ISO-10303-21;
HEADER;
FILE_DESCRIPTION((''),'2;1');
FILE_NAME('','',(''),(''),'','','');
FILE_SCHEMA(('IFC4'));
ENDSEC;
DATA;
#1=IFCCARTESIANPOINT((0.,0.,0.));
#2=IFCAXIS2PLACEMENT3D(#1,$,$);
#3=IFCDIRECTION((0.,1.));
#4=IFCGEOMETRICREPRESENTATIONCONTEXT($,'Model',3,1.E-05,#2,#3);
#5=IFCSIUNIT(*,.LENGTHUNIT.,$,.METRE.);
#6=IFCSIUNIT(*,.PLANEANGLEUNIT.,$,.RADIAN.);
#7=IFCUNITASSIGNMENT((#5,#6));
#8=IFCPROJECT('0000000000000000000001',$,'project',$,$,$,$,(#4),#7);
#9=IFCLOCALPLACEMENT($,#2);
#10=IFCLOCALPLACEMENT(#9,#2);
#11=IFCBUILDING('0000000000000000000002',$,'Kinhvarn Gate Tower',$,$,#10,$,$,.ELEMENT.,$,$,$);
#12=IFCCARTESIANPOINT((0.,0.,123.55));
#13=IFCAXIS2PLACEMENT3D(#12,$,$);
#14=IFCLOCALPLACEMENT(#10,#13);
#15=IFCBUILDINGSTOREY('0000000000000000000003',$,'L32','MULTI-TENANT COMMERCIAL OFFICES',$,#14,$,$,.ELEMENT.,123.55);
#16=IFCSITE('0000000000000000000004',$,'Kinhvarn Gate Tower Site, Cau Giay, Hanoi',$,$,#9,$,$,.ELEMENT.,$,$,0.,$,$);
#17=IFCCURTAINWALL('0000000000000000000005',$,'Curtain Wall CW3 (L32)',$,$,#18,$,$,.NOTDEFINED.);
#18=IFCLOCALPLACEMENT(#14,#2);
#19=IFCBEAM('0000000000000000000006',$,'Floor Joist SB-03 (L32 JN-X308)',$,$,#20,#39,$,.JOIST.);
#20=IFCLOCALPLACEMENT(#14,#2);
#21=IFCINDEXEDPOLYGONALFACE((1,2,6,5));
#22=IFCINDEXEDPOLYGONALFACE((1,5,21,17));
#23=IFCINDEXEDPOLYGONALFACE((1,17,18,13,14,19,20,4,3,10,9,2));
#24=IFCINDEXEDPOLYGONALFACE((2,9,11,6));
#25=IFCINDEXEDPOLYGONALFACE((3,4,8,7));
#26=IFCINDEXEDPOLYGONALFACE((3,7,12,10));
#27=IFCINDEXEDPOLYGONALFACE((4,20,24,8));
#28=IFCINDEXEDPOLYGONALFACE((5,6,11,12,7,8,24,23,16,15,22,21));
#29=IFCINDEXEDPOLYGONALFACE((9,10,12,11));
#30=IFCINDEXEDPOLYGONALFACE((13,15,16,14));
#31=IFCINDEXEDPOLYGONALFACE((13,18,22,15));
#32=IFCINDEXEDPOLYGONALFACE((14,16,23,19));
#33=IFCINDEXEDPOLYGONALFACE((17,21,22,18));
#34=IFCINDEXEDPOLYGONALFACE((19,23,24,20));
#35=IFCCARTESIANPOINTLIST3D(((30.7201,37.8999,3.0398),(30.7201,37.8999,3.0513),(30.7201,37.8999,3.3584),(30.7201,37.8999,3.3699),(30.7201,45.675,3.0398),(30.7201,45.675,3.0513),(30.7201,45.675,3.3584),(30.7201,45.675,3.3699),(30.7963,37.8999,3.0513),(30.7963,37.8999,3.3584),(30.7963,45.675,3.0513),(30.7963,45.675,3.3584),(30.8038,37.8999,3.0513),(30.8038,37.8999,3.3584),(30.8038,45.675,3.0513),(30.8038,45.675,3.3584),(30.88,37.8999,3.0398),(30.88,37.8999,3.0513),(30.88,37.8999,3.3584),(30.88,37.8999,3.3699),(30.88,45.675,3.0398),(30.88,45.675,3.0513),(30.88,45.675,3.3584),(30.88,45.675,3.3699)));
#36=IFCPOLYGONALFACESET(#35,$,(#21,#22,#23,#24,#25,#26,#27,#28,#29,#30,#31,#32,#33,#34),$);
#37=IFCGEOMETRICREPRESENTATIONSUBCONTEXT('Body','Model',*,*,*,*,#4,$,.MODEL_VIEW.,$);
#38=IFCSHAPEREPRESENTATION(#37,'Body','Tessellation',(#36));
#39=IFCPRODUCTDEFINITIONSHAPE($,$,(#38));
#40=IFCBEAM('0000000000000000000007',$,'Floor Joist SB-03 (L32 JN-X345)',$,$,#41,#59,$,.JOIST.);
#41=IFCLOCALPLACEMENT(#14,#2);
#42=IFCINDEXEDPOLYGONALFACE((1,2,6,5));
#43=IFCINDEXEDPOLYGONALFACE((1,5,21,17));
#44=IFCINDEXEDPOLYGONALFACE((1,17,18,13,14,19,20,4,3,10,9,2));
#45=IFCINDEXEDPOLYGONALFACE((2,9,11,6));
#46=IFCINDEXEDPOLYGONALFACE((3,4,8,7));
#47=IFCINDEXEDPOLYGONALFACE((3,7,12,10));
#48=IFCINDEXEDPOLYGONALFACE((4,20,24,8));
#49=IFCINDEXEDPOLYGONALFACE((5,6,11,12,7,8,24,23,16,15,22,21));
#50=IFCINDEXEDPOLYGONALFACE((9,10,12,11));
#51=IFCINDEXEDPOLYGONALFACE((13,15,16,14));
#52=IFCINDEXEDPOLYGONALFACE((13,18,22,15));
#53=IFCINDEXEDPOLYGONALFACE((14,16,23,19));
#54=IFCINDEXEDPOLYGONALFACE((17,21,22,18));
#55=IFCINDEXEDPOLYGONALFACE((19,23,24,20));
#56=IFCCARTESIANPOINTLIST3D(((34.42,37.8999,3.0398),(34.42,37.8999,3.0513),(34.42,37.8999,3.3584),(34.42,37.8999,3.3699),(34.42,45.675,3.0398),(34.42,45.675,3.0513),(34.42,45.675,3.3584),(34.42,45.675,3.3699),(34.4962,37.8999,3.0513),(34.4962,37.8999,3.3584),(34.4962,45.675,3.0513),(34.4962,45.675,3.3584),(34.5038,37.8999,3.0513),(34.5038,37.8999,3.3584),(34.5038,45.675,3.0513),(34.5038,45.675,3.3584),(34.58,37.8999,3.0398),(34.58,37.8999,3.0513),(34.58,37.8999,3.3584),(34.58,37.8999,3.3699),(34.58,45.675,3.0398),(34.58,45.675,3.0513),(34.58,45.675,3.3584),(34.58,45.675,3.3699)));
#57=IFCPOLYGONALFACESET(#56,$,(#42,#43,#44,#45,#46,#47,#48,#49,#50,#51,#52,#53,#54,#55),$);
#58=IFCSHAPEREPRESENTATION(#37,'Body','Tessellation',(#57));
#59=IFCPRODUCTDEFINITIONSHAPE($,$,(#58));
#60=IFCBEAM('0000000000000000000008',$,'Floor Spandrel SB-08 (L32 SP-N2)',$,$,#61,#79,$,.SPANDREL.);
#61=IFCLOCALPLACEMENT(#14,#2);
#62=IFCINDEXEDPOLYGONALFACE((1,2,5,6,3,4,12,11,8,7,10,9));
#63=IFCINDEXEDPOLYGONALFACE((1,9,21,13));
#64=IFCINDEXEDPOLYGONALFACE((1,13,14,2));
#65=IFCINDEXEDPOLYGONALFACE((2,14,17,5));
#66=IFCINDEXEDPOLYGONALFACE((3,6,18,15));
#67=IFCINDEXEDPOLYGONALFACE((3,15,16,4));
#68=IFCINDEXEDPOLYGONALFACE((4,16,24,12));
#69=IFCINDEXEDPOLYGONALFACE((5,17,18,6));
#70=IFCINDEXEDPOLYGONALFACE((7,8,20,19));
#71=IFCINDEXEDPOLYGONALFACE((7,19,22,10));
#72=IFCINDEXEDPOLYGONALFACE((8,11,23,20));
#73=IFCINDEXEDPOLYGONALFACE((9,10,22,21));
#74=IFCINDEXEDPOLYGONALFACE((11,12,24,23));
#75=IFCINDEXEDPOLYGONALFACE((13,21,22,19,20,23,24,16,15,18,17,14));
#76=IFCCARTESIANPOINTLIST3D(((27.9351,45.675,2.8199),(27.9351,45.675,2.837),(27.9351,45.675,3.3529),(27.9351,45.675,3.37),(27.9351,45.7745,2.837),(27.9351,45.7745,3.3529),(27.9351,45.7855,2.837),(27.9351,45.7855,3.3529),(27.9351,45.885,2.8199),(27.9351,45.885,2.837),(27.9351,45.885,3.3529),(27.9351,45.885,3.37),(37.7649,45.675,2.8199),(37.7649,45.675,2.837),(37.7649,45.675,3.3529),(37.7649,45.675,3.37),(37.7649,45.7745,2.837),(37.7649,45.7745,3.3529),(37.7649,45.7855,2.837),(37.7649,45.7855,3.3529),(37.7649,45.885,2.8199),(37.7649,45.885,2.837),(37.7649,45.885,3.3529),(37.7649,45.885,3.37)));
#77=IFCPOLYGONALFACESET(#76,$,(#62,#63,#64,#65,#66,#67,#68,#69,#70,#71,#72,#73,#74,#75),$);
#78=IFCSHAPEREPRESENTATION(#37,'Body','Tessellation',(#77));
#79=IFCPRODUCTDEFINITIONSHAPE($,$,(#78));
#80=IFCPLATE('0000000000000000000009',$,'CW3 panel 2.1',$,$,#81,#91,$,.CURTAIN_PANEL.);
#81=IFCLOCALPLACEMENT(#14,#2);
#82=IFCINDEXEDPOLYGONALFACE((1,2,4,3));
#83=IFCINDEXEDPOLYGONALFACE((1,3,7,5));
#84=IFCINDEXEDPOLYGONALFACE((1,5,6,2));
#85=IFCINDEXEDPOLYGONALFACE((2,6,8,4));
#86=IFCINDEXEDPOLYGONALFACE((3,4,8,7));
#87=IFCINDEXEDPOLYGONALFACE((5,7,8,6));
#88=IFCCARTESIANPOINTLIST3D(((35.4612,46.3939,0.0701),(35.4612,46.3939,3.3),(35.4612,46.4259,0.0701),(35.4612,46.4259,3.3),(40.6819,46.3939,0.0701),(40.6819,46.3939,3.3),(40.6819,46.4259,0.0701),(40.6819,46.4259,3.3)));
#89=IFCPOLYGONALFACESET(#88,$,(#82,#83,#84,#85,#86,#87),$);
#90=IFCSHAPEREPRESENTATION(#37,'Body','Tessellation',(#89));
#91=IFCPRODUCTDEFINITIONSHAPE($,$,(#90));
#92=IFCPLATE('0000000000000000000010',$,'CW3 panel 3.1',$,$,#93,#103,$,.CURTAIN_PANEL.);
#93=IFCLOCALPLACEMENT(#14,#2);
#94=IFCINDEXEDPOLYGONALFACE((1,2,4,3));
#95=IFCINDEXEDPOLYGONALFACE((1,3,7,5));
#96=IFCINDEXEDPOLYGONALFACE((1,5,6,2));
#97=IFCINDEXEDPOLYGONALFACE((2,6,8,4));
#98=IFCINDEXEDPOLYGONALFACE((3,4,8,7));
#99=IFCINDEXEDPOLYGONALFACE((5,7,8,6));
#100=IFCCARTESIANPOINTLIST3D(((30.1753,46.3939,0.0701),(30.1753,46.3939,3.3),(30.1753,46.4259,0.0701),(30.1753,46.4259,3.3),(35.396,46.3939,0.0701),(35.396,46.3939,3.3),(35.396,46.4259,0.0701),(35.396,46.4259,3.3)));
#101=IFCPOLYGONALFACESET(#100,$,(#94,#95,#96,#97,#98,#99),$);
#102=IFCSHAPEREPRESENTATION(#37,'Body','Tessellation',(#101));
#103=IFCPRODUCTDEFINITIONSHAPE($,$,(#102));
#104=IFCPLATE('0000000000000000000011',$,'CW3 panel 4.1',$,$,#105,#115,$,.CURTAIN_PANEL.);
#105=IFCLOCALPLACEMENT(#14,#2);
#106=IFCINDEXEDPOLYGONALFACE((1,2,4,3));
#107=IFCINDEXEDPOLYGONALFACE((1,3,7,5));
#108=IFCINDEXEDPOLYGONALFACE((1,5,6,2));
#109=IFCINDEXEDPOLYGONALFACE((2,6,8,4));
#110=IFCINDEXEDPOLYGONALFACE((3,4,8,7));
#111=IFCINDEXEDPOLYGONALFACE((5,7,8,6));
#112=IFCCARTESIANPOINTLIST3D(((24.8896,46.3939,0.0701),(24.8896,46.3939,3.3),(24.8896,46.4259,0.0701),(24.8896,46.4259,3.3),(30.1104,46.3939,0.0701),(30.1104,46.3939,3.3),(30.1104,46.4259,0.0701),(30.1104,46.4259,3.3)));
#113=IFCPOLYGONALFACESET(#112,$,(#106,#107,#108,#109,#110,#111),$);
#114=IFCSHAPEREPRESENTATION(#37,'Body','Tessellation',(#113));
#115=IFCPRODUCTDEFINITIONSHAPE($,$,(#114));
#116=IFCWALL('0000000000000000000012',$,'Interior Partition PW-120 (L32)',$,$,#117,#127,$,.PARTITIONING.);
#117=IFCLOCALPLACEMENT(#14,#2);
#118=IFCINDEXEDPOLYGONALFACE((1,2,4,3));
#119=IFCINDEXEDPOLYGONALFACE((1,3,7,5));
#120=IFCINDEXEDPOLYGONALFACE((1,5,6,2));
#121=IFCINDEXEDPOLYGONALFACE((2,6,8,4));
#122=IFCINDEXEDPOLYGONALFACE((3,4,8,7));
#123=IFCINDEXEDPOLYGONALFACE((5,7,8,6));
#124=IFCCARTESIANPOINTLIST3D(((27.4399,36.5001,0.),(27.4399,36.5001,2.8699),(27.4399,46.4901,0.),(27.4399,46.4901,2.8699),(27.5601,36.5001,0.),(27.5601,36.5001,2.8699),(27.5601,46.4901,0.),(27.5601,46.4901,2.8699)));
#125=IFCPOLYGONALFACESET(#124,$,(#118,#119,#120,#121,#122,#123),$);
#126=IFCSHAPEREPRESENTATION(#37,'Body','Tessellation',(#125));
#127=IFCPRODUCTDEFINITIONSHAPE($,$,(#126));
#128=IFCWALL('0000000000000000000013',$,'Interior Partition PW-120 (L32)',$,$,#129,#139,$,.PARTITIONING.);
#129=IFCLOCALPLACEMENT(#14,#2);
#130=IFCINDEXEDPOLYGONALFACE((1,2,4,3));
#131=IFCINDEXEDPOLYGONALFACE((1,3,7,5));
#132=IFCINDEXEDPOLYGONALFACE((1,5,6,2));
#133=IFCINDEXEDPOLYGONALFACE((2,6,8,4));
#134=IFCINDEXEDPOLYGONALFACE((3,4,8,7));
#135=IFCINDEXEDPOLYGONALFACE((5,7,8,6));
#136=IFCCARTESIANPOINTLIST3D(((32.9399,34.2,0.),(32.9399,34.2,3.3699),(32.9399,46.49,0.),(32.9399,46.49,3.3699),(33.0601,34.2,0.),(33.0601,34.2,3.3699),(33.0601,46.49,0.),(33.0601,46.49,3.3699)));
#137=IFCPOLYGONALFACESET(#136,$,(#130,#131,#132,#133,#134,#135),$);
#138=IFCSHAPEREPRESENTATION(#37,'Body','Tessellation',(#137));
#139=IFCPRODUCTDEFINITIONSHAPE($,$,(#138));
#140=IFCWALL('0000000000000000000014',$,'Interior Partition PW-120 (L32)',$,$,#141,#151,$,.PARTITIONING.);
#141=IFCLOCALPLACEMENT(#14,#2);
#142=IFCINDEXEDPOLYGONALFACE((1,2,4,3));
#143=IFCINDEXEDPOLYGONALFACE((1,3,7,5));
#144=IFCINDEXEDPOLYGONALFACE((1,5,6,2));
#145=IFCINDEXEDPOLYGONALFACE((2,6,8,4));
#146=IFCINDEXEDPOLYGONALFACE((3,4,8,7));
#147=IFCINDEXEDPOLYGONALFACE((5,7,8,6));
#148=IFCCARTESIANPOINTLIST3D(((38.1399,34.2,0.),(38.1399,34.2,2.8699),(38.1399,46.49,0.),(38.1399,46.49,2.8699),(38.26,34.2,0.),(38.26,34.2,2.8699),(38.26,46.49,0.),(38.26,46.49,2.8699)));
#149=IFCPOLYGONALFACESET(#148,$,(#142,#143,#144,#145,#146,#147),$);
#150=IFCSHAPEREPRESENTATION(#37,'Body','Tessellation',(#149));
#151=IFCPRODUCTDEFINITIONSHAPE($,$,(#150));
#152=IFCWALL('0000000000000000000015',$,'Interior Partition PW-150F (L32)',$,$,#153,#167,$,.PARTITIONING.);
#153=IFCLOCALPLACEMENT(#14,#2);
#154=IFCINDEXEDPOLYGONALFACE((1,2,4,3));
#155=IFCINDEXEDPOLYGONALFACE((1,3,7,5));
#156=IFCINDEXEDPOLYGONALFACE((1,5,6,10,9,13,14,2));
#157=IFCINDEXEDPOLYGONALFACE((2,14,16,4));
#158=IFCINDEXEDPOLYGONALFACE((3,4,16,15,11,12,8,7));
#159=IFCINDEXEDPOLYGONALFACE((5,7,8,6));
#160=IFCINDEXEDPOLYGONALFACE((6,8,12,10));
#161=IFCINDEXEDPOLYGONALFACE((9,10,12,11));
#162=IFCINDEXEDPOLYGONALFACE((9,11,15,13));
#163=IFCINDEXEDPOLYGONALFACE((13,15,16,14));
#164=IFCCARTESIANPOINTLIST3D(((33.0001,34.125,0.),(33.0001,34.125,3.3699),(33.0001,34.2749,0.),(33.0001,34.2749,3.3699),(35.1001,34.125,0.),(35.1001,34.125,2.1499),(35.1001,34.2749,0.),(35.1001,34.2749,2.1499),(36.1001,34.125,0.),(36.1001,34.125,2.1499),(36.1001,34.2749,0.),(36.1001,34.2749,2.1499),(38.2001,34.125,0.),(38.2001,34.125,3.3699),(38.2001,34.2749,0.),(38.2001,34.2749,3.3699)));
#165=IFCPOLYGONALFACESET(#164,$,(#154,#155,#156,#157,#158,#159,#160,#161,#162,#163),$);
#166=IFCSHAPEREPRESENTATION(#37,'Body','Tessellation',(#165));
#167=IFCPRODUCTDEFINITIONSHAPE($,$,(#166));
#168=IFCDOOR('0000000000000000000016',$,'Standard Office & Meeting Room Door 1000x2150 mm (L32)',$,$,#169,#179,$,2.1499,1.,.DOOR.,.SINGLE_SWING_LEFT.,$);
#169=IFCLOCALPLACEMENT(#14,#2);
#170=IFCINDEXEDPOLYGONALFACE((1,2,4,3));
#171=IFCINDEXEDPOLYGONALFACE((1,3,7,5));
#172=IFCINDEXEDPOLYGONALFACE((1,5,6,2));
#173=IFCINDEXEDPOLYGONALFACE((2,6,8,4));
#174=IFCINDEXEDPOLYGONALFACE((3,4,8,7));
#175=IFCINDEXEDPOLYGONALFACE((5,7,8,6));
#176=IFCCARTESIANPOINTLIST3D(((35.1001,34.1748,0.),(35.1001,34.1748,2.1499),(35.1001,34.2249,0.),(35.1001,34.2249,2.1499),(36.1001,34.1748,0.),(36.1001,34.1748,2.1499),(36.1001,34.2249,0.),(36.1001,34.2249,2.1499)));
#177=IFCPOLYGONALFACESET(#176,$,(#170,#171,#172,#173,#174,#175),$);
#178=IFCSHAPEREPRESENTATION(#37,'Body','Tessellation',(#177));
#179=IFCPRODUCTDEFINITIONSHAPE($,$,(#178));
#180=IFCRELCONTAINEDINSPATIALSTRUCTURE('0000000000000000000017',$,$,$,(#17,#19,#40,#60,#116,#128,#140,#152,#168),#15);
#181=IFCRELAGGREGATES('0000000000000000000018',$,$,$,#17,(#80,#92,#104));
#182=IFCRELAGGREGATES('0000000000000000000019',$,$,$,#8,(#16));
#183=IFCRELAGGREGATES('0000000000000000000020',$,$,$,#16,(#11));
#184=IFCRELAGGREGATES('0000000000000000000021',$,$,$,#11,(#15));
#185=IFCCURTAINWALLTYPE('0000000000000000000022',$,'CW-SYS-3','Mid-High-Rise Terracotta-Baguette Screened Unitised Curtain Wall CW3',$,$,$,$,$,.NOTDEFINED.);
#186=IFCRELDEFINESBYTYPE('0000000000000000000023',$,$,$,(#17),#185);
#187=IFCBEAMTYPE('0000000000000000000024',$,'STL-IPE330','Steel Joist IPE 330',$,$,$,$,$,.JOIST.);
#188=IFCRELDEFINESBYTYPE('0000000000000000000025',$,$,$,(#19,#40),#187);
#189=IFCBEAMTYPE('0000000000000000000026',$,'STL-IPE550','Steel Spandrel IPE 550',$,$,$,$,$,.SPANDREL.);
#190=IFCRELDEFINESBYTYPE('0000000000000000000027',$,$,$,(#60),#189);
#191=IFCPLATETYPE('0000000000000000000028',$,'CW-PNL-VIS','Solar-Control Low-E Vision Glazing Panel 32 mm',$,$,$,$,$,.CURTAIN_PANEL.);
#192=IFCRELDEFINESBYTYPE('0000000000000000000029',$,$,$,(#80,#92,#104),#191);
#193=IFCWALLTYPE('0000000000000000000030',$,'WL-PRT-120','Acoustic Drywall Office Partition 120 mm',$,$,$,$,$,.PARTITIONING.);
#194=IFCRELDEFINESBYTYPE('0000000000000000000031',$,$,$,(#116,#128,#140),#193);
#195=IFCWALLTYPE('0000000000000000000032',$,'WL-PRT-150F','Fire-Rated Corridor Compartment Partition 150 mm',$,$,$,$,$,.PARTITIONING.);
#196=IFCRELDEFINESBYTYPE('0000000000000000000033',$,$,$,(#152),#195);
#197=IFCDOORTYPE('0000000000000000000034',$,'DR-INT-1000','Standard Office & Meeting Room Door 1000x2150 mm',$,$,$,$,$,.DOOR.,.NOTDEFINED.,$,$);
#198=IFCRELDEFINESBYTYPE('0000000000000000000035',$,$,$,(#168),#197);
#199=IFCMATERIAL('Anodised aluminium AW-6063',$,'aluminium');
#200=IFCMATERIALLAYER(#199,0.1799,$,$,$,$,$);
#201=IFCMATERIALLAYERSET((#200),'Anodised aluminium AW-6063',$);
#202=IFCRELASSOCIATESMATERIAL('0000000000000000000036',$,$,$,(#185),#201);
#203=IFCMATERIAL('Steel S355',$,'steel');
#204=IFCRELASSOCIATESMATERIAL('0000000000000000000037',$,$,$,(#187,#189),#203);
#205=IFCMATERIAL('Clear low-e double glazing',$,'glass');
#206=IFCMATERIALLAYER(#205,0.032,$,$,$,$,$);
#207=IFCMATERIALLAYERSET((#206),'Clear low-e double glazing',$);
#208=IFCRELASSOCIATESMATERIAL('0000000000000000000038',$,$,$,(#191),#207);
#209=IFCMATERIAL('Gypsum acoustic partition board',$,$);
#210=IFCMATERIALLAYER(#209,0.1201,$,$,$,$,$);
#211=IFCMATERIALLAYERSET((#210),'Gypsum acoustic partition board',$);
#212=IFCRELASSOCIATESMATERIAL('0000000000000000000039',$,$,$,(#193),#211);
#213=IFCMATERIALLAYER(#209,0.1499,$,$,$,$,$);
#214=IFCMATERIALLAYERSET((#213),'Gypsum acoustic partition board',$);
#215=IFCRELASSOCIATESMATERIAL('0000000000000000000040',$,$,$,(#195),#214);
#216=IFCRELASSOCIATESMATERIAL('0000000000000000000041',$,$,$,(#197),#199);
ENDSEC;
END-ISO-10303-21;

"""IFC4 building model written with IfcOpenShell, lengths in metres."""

from ifc_helpers import new_model, si_unit, direction, frame, frame_2d, origin, origin_2d, place, context, subcontext, project, spatial, rectangle, i_section, extrude, material, layer, layer_set, material_profile, profile_set, type_object, element, fill, aggregate, save


model = new_model("IFC4")

# Units and contexts
model_context = context("Model", 3, precision=1e-05, world=origin(), true_north=direction((0.0, 1.0)))
body_context = subcontext(model_context, "Body", "Model", "MODEL_VIEW")
ifc_project = project(units=[si_unit("LENGTHUNIT", "METRE"), si_unit("PLANEANGLEUNIT", "RADIAN")], contexts=[model_context])

# Site, building, storey
site_placement = place(None, origin())
site = spatial("IfcSite", under=ifc_project, at=site_placement, Name="Kinhvarn Gate Tower Site, Cau Giay, Hanoi", CompositionType="ELEMENT", RefElevation=0.0)
building_placement = place(site_placement, origin())
building = spatial("IfcBuilding", under=site, at=building_placement, Name="Kinhvarn Gate Tower", CompositionType="ELEMENT")
storey_placement = place(building_placement, frame((0.0, 0.0, 123.55)))
storey = spatial("IfcBuildingStorey", under=building, at=storey_placement, Name="L32", Description="MULTI-TENANT COMMERCIAL OFFICES", CompositionType="ELEMENT", Elevation=123.55)

# Curtain wall
ifc_material_1 = material(Name="Anodised aluminium AW-6063", Category="aluminium")
ifc_layer_1 = layer(ifc_material_1, 0.1799)
ifc_layer_set_1 = layer_set([ifc_layer_1], Name="Anodised aluminium AW-6063")
curtain_wall_type = type_object("IfcCurtainWallType", Name="CW-SYS-3", Description="Mid-High-Rise Terracotta-Baguette Screened Unitised Curtain Wall CW3", PredefinedType="NOTDEFINED", material=ifc_layer_set_1)
curtain_wall_placement = place(storey_placement, origin())
curtain_wall = element("IfcCurtainWall", 1, at=curtain_wall_placement, inside=storey, type_object=curtain_wall_type, Name="Curtain Wall CW3 (L32)", PredefinedType="NOTDEFINED")

# Beams
ifc_material_2 = material(Name="Steel S355", Category="steel")
ifc_material_profile_1 = material_profile(ifc_material_2, i_section(OverallWidth=0.1599, OverallDepth=0.3301, WebThickness=0.0076, FlangeThickness=0.0115, at=origin_2d()), Name="IPE 330")
ifc_profile_set_1 = profile_set([ifc_material_profile_1], Name="Steel S355")
beam_type_1 = type_object("IfcBeamType", Name="STL-IPE330", Description="Steel Joist IPE 330", PredefinedType="JOIST", material=ifc_profile_set_1)
for number, where, z_axis, x_axis, name in (
    (2, (30.8, 37.8999, 3.2048), (0.0, 1.0, 0.0), (-1.0, 0.0, 0.0), "Floor Joist SB-03 (L32 JN-X308)"),
    (3, (34.5, 37.8999, 3.2048), (0.0, 1.0, 0.0), (-1.0, 0.0, 0.0), "Floor Joist SB-03 (L32 JN-X345)"),
):
    element("IfcBeam", number, at=place(storey_placement, frame(where, z_axis=z_axis, x_axis=x_axis)), inside=storey, type_object=beam_type_1, Name=name, PredefinedType="JOIST", context=body_context, shape_type="SweptSolid", body=[
        extrude(i_section(OverallWidth=0.1599, OverallDepth=0.3301, WebThickness=0.0076, FlangeThickness=0.0115, at=origin_2d()), origin(), (0.0, 0.0, 1.0), 7.7751),
    ])
ifc_material_profile_2 = material_profile(ifc_material_2, i_section(OverallWidth=0.21, OverallDepth=0.55, WebThickness=0.011, FlangeThickness=0.0171, at=origin_2d()), Name="IPE 550")
ifc_profile_set_2 = profile_set([ifc_material_profile_2], Name="Steel S355")
beam_type_2 = type_object("IfcBeamType", Name="STL-IPE550", Description="Steel Spandrel IPE 550", PredefinedType="SPANDREL", material=ifc_profile_set_2)
beam_1_placement = place(storey_placement, frame((27.9351, 45.78, 3.095), z_axis=(1.0, 0.0, 0.0), x_axis=(0.0, 1.0, 0.0)))
element("IfcBeam", 4, at=beam_1_placement, inside=storey, type_object=beam_type_2, Name="Floor Spandrel SB-08 (L32 SP-N2)", PredefinedType="SPANDREL", context=body_context, shape_type="SweptSolid", body=[
    extrude(i_section(OverallWidth=0.21, OverallDepth=0.55, WebThickness=0.011, FlangeThickness=0.0171, at=origin_2d()), origin(), (0.0, 0.0, 1.0), 9.8298),
])

# Plates
ifc_material_3 = material(Name="Clear low-e double glazing", Category="glass")
ifc_layer_2 = layer(ifc_material_3, 0.032)
ifc_layer_set_2 = layer_set([ifc_layer_2], Name="Clear low-e double glazing")
plate_type = type_object("IfcPlateType", Name="CW-PNL-VIS", Description="Solar-Control Low-E Vision Glazing Panel 32 mm", PredefinedType="CURTAIN_PANEL", material=ifc_layer_set_2)
plate_1_placement = place(storey_placement, frame((38.0715, 46.4099, 0.0701), z_axis=(0.0, 0.0, 1.0), x_axis=(-1.0, 0.0, 0.0)))
plate_1 = element("IfcPlate", 5, at=plate_1_placement, type_object=plate_type, Name="CW3 panel 2.1", PredefinedType="CURTAIN_PANEL", context=body_context, shape_type="SweptSolid", body=[
    extrude(rectangle(XDim=5.2207, YDim=0.032, at=origin_2d()), origin(), (0.0, 0.0, 1.0), 3.23),
])
plate_2_placement = place(storey_placement, frame((32.7856, 46.4099, 0.0701), z_axis=(0.0, 0.0, 1.0), x_axis=(-1.0, 0.0, 0.0)))
plate_2 = element("IfcPlate", 6, at=plate_2_placement, type_object=plate_type, Name="CW3 panel 3.1", PredefinedType="CURTAIN_PANEL", context=body_context, shape_type="SweptSolid", body=[
    extrude(rectangle(XDim=5.2207, YDim=0.032, at=origin_2d()), origin(), (0.0, 0.0, 1.0), 3.23),
])
plate_3_placement = place(storey_placement, frame((27.5, 46.4099, 0.0701), z_axis=(0.0, 0.0, 1.0), x_axis=(-1.0, 0.0, 0.0)))
plate_3 = element("IfcPlate", 7, at=plate_3_placement, type_object=plate_type, Name="CW3 panel 4.1", PredefinedType="CURTAIN_PANEL", context=body_context, shape_type="SweptSolid", body=[
    extrude(rectangle(XDim=5.2207, YDim=0.032, at=origin_2d()), origin(), (0.0, 0.0, 1.0), 3.23),
])
aggregate(curtain_wall, [plate_1, plate_2, plate_3])

# Walls
ifc_material_4 = material(Name="Gypsum acoustic partition board")
ifc_layer_3 = layer(ifc_material_4, 0.1201)
ifc_layer_set_3 = layer_set([ifc_layer_3], Name="Gypsum acoustic partition board")
wall_type_1 = type_object("IfcWallType", Name="WL-PRT-120", Description="Acoustic Drywall Office Partition 120 mm", PredefinedType="PARTITIONING", material=ifc_layer_set_3)
wall_1_placement = place(storey_placement, frame((27.5, 36.5, 0.0), z_axis=(0.0, 0.0, 1.0), x_axis=(0.0, 1.0, 0.0)))
element("IfcWall", 8, at=wall_1_placement, inside=storey, type_object=wall_type_1, Name="Interior Partition PW-120 (L32)", PredefinedType="PARTITIONING", context=body_context, shape_type="SweptSolid", body=[
    extrude(rectangle(XDim=9.99, YDim=0.1201, at=frame_2d((4.9951, 0.0))), origin(), (0.0, 0.0, 1.0), 2.8699),
])
wall_2_placement = place(storey_placement, frame((33.0, 34.2, 0.0), z_axis=(0.0, 0.0, 1.0), x_axis=(0.0, 1.0, 0.0)))
element("IfcWall", 9, at=wall_2_placement, inside=storey, type_object=wall_type_1, Name="Interior Partition PW-120 (L32)", PredefinedType="PARTITIONING", context=body_context, shape_type="SweptSolid", body=[
    extrude(rectangle(XDim=12.29, YDim=0.1201, at=frame_2d((6.145, 0.0))), origin(), (0.0, 0.0, 1.0), 3.3699),
])
wall_3_placement = place(storey_placement, frame((38.2, 34.2, 0.0), z_axis=(0.0, 0.0, 1.0), x_axis=(0.0, 1.0, 0.0)))
element("IfcWall", 10, at=wall_3_placement, inside=storey, type_object=wall_type_1, Name="Interior Partition PW-120 (L32)", PredefinedType="PARTITIONING", context=body_context, shape_type="SweptSolid", body=[
    extrude(rectangle(XDim=12.29, YDim=0.1201, at=frame_2d((6.145, 0.0))), origin(), (0.0, 0.0, 1.0), 2.8699),
])

# Wall, opening, door
ifc_layer_4 = layer(ifc_material_4, 0.1499)
ifc_layer_set_4 = layer_set([ifc_layer_4], Name="Gypsum acoustic partition board")
wall_type_2 = type_object("IfcWallType", Name="WL-PRT-150F", Description="Fire-Rated Corridor Compartment Partition 150 mm", PredefinedType="PARTITIONING", material=ifc_layer_set_4)
wall_4_placement = place(storey_placement, frame((33.0, 34.2, 0.0), z_axis=(0.0, 0.0, 1.0), x_axis=(1.0, 0.0, 0.0)))
wall_4 = element("IfcWall", 11, at=wall_4_placement, inside=storey, type_object=wall_type_2, Name="Interior Partition PW-150F (L32)", PredefinedType="PARTITIONING", context=body_context, shape_type="SweptSolid", body=[
    extrude(rectangle(XDim=5.2, YDim=0.1499, at=frame_2d((2.6001, 0.0))), origin(), (0.0, 0.0, 1.0), 3.3699),
])
opening_1_placement = place(wall_4_placement, frame((2.1001, 0.0, 0.0)))
opening_1 = element("IfcOpeningElement", 12, at=opening_1_placement, cuts=wall_4, PredefinedType="OPENING", context=body_context, shape_type="SweptSolid", body=[
    extrude(rectangle(XDim=1.0, YDim=2.1499, at=frame_2d((0.5, 1.075))), frame((0.0, 0.085, 0.0), z_axis=(0.0, -1.0, 0.0), x_axis=(1.0, 0.0, 0.0)), (0.0, 0.0, 1.0), 0.1699),
])
door_type_1 = type_object("IfcDoorType", Name="DR-INT-1000", Description="Standard Office & Meeting Room Door 1000x2150 mm", OperationType="NOTDEFINED", PredefinedType="DOOR", material=ifc_material_1)
door_1_placement = place(opening_1_placement, origin())
door_1 = element("IfcDoor", 13, at=door_1_placement, inside=storey, type_object=door_type_1, Name="Standard Office & Meeting Room Door 1000x2150 mm (L32)", OperationType="SINGLE_SWING_LEFT", OverallHeight=2.1499, OverallWidth=1.0, PredefinedType="DOOR", context=body_context, shape_type="SweptSolid", body=[
    extrude(rectangle(XDim=1.0, YDim=2.1499, at=frame_2d((0.5, 1.075))), frame((0.0, 0.0249, 0.0), z_axis=(0.0, -1.0, 0.0), x_axis=(1.0, 0.0, 0.0)), (0.0, 0.0, 1.0), 0.05),
])
fill(opening_1, door_1)

save(model, "model.ifc")
